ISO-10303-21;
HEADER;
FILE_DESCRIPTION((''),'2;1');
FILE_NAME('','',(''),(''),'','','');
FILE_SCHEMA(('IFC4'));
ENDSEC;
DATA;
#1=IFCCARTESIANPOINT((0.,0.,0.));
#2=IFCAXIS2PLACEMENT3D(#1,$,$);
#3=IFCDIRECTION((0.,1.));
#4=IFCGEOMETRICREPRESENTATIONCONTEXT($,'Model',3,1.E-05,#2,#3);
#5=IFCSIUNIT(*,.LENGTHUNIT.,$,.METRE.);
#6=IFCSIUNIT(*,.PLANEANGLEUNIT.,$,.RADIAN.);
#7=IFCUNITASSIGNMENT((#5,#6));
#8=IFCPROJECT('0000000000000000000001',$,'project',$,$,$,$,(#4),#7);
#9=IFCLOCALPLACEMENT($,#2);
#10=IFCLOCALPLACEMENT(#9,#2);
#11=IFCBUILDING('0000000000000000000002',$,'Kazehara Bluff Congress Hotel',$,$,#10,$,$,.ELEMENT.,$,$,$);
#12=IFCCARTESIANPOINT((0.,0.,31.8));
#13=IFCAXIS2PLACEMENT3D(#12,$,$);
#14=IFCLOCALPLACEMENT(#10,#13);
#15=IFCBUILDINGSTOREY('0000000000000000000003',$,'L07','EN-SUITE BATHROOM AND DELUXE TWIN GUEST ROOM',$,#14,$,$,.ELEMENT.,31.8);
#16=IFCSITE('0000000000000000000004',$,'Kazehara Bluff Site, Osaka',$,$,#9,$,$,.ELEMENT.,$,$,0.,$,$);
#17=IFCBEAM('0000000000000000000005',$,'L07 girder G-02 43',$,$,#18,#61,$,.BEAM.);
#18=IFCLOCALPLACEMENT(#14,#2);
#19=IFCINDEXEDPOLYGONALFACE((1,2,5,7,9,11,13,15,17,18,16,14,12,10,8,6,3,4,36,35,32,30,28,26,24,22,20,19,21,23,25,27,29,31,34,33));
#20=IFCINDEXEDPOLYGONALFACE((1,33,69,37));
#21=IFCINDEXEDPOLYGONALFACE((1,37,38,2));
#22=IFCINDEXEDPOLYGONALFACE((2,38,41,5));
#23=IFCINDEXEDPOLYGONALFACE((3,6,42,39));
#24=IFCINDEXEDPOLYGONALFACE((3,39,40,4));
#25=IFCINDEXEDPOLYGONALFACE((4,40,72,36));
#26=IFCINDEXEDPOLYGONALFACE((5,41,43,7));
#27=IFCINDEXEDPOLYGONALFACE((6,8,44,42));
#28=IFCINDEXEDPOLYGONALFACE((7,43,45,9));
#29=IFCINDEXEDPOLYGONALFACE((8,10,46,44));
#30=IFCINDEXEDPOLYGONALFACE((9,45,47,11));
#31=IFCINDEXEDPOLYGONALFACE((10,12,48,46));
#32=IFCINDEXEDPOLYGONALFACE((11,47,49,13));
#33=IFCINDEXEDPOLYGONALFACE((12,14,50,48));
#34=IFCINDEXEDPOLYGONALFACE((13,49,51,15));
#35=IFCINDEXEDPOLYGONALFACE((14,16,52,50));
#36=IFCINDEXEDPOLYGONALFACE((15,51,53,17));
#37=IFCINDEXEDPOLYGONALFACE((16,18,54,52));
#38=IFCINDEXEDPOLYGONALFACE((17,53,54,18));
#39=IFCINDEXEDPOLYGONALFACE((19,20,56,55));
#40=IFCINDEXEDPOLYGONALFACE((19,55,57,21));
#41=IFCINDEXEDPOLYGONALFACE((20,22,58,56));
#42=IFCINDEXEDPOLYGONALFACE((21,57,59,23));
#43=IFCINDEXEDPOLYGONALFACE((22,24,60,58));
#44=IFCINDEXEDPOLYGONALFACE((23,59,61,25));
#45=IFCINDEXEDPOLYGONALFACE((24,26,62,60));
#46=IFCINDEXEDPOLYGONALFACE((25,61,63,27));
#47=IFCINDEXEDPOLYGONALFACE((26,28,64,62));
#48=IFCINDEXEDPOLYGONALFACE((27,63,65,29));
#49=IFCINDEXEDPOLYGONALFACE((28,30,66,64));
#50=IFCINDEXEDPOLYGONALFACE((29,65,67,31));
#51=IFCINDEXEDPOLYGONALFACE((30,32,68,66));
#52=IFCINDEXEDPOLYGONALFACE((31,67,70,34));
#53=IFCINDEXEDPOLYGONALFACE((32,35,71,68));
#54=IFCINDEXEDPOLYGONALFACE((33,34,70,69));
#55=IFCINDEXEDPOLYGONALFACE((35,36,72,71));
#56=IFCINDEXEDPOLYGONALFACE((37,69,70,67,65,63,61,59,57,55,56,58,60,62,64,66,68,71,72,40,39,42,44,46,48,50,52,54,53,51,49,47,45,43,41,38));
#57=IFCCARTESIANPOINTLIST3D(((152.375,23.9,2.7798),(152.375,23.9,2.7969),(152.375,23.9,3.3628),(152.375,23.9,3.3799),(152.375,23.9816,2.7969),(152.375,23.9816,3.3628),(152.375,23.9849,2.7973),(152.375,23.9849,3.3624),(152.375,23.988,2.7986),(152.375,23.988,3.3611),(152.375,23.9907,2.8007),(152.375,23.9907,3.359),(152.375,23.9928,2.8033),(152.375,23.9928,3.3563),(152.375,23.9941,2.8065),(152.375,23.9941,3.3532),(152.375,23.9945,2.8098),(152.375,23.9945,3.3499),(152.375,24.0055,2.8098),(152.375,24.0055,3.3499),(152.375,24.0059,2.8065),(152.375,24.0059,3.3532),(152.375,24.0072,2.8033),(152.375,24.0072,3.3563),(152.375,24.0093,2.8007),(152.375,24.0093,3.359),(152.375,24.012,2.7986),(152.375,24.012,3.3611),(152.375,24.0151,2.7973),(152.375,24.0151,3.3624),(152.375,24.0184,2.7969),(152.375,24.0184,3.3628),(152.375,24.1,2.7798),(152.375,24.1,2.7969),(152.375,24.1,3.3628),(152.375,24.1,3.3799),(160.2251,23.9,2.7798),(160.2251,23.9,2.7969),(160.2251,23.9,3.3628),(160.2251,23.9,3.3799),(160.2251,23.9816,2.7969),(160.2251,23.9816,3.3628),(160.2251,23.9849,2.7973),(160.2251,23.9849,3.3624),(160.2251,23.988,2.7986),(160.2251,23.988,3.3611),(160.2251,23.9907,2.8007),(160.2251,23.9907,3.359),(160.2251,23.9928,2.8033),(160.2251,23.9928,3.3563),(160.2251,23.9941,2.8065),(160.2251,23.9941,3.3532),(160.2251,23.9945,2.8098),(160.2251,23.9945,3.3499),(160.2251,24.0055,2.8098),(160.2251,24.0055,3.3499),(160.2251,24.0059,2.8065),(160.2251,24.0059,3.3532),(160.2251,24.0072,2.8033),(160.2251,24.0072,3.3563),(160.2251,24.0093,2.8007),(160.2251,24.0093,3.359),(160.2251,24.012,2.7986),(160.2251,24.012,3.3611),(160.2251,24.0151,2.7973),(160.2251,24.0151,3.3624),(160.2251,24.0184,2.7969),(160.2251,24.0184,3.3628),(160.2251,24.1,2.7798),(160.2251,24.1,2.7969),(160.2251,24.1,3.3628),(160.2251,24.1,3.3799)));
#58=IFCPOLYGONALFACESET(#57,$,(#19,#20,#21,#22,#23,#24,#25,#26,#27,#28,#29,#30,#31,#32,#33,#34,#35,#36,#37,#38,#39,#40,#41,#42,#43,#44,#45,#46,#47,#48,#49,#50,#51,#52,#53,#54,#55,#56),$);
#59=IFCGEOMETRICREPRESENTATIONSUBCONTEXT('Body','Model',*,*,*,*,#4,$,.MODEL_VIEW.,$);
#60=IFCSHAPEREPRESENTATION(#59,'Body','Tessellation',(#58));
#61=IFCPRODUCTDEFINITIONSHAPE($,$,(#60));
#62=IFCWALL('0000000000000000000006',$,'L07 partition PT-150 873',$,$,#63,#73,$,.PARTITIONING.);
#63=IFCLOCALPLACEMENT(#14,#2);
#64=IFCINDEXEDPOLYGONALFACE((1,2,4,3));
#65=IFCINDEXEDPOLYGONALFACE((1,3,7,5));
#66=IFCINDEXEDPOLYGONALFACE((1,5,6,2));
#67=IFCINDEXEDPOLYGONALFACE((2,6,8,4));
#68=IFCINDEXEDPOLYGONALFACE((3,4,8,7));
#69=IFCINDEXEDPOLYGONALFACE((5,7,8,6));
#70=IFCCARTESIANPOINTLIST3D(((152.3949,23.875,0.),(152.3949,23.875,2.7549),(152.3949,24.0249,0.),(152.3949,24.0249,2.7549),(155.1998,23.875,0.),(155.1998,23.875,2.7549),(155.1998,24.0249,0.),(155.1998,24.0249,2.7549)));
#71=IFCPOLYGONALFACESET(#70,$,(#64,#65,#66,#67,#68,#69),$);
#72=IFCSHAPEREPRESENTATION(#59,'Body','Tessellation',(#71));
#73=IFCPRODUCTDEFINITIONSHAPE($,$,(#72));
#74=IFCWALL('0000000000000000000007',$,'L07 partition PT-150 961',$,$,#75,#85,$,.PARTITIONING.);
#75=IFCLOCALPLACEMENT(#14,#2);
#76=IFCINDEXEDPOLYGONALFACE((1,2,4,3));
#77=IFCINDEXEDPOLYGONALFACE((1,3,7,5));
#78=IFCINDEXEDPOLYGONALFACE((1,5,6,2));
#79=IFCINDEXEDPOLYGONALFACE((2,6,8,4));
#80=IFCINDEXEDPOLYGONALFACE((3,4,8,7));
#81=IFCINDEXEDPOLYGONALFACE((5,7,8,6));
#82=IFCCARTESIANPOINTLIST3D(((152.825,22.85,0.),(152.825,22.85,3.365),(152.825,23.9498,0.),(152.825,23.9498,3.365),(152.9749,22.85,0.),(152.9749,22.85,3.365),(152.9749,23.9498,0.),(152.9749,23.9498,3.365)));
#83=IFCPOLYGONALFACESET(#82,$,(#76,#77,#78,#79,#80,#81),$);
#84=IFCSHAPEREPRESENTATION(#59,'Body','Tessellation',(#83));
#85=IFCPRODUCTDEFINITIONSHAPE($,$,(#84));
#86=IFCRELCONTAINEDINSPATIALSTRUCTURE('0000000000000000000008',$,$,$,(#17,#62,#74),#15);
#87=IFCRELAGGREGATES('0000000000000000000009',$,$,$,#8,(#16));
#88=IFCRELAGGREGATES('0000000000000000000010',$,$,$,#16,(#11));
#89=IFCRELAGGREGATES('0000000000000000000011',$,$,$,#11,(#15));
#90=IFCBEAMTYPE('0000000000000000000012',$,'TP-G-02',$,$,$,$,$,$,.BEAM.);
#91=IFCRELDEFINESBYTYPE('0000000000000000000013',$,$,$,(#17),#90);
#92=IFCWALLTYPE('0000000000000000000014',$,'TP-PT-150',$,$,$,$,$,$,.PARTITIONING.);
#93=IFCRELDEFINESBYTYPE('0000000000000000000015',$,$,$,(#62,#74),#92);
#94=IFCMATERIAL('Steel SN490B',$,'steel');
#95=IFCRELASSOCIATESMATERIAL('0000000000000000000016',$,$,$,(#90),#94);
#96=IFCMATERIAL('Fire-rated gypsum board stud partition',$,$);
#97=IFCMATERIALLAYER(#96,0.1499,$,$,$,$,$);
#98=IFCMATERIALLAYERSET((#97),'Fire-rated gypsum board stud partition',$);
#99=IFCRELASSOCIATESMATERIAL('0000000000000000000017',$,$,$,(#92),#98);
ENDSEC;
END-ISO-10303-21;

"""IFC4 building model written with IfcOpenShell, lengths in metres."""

from ifc_helpers import new_model, si_unit, direction, frame, frame_2d, origin, origin_2d, place, context, subcontext, project, spatial, rectangle, i_section, extrude, material, layer, layer_set, material_profile, profile_set, type_object, element, save


model = new_model("IFC4")

# Units and contexts
model_context = context("Model", 3, precision=1e-05, world=origin(), true_north=direction((0.0, 1.0)))
body_context = subcontext(model_context, "Body", "Model", "MODEL_VIEW")
ifc_project = project(units=[si_unit("LENGTHUNIT", "METRE"), si_unit("PLANEANGLEUNIT", "RADIAN")], contexts=[model_context])

# Site, building, storey
site_placement = place(None, origin())
site = spatial("IfcSite", under=ifc_project, at=site_placement, Name="Kazehara Bluff Site, Osaka", CompositionType="ELEMENT", RefElevation=0.0)
building_placement = place(site_placement, origin())
building = spatial("IfcBuilding", under=site, at=building_placement, Name="Kazehara Bluff Congress Hotel", CompositionType="ELEMENT")
storey_placement = place(building_placement, frame((0.0, 0.0, 31.8)))
storey = spatial("IfcBuildingStorey", under=building, at=storey_placement, Name="L07", Description="EN-SUITE BATHROOM AND DELUXE TWIN GUEST ROOM", CompositionType="ELEMENT", Elevation=31.8)

# Beam
ifc_material_1 = material(Name="Steel SN490B", Category="steel")
ifc_material_profile = material_profile(ifc_material_1, i_section(OverallWidth=0.2, OverallDepth=0.6001, WebThickness=0.011, FlangeThickness=0.0171, FilletRadius=0.0129, at=origin_2d()))
ifc_profile_set = profile_set([ifc_material_profile], Name="Steel SN490B")
beam_type = type_object("IfcBeamType", Name="TP-G-02", PredefinedType="BEAM", material=ifc_profile_set)
beam_placement = place(storey_placement, frame((152.375, 24.0, 3.0798), z_axis=(1.0, 0.0, 0.0), x_axis=(0.0, 1.0, 0.0)))
element("IfcBeam", 1, at=beam_placement, inside=storey, type_object=beam_type, Name="L07 girder G-02 43", PredefinedType="BEAM", context=body_context, shape_type="SweptSolid", body=[
    extrude(i_section(OverallWidth=0.2, OverallDepth=0.6001, WebThickness=0.011, FlangeThickness=0.0171, FilletRadius=0.0129, at=origin_2d()), origin(), (0.0, 0.0, 1.0), 7.8501),
])

# Shared definitions
ifc_material_2 = material(Name="Fire-rated gypsum board stud partition")
ifc_layer = layer(ifc_material_2, 0.1499)
ifc_layer_set = layer_set([ifc_layer], Name="Fire-rated gypsum board stud partition")
wall_type = type_object("IfcWallType", Name="TP-PT-150", PredefinedType="PARTITIONING", material=ifc_layer_set)

# Walls
wall_1_placement = place(storey_placement, frame((152.395, 23.95, 0.0), z_axis=(0.0, 0.0, 1.0), x_axis=(1.0, 0.0, 0.0)))
element("IfcWall", 2, at=wall_1_placement, inside=storey, type_object=wall_type, Name="L07 partition PT-150 873", PredefinedType="PARTITIONING", context=body_context, shape_type="SweptSolid", body=[
    extrude(rectangle(XDim=2.8049, YDim=0.1499, at=frame_2d((1.4023, 0.0))), origin(), (0.0, 0.0, 1.0), 2.7549),
])
wall_2_placement = place(storey_placement, frame((152.8999, 22.8501, 0.0), z_axis=(0.0, 0.0, 1.0), x_axis=(0.0, 1.0, 0.0)))
element("IfcWall", 3, at=wall_2_placement, inside=storey, type_object=wall_type, Name="L07 partition PT-150 961", PredefinedType="PARTITIONING", context=body_context, shape_type="SweptSolid", body=[
    extrude(rectangle(XDim=1.0999, YDim=0.1499, at=frame_2d((0.5498, 0.0))), origin(), (0.0, 0.0, 1.0), 3.365),
])

save(model, "model.ifc")
